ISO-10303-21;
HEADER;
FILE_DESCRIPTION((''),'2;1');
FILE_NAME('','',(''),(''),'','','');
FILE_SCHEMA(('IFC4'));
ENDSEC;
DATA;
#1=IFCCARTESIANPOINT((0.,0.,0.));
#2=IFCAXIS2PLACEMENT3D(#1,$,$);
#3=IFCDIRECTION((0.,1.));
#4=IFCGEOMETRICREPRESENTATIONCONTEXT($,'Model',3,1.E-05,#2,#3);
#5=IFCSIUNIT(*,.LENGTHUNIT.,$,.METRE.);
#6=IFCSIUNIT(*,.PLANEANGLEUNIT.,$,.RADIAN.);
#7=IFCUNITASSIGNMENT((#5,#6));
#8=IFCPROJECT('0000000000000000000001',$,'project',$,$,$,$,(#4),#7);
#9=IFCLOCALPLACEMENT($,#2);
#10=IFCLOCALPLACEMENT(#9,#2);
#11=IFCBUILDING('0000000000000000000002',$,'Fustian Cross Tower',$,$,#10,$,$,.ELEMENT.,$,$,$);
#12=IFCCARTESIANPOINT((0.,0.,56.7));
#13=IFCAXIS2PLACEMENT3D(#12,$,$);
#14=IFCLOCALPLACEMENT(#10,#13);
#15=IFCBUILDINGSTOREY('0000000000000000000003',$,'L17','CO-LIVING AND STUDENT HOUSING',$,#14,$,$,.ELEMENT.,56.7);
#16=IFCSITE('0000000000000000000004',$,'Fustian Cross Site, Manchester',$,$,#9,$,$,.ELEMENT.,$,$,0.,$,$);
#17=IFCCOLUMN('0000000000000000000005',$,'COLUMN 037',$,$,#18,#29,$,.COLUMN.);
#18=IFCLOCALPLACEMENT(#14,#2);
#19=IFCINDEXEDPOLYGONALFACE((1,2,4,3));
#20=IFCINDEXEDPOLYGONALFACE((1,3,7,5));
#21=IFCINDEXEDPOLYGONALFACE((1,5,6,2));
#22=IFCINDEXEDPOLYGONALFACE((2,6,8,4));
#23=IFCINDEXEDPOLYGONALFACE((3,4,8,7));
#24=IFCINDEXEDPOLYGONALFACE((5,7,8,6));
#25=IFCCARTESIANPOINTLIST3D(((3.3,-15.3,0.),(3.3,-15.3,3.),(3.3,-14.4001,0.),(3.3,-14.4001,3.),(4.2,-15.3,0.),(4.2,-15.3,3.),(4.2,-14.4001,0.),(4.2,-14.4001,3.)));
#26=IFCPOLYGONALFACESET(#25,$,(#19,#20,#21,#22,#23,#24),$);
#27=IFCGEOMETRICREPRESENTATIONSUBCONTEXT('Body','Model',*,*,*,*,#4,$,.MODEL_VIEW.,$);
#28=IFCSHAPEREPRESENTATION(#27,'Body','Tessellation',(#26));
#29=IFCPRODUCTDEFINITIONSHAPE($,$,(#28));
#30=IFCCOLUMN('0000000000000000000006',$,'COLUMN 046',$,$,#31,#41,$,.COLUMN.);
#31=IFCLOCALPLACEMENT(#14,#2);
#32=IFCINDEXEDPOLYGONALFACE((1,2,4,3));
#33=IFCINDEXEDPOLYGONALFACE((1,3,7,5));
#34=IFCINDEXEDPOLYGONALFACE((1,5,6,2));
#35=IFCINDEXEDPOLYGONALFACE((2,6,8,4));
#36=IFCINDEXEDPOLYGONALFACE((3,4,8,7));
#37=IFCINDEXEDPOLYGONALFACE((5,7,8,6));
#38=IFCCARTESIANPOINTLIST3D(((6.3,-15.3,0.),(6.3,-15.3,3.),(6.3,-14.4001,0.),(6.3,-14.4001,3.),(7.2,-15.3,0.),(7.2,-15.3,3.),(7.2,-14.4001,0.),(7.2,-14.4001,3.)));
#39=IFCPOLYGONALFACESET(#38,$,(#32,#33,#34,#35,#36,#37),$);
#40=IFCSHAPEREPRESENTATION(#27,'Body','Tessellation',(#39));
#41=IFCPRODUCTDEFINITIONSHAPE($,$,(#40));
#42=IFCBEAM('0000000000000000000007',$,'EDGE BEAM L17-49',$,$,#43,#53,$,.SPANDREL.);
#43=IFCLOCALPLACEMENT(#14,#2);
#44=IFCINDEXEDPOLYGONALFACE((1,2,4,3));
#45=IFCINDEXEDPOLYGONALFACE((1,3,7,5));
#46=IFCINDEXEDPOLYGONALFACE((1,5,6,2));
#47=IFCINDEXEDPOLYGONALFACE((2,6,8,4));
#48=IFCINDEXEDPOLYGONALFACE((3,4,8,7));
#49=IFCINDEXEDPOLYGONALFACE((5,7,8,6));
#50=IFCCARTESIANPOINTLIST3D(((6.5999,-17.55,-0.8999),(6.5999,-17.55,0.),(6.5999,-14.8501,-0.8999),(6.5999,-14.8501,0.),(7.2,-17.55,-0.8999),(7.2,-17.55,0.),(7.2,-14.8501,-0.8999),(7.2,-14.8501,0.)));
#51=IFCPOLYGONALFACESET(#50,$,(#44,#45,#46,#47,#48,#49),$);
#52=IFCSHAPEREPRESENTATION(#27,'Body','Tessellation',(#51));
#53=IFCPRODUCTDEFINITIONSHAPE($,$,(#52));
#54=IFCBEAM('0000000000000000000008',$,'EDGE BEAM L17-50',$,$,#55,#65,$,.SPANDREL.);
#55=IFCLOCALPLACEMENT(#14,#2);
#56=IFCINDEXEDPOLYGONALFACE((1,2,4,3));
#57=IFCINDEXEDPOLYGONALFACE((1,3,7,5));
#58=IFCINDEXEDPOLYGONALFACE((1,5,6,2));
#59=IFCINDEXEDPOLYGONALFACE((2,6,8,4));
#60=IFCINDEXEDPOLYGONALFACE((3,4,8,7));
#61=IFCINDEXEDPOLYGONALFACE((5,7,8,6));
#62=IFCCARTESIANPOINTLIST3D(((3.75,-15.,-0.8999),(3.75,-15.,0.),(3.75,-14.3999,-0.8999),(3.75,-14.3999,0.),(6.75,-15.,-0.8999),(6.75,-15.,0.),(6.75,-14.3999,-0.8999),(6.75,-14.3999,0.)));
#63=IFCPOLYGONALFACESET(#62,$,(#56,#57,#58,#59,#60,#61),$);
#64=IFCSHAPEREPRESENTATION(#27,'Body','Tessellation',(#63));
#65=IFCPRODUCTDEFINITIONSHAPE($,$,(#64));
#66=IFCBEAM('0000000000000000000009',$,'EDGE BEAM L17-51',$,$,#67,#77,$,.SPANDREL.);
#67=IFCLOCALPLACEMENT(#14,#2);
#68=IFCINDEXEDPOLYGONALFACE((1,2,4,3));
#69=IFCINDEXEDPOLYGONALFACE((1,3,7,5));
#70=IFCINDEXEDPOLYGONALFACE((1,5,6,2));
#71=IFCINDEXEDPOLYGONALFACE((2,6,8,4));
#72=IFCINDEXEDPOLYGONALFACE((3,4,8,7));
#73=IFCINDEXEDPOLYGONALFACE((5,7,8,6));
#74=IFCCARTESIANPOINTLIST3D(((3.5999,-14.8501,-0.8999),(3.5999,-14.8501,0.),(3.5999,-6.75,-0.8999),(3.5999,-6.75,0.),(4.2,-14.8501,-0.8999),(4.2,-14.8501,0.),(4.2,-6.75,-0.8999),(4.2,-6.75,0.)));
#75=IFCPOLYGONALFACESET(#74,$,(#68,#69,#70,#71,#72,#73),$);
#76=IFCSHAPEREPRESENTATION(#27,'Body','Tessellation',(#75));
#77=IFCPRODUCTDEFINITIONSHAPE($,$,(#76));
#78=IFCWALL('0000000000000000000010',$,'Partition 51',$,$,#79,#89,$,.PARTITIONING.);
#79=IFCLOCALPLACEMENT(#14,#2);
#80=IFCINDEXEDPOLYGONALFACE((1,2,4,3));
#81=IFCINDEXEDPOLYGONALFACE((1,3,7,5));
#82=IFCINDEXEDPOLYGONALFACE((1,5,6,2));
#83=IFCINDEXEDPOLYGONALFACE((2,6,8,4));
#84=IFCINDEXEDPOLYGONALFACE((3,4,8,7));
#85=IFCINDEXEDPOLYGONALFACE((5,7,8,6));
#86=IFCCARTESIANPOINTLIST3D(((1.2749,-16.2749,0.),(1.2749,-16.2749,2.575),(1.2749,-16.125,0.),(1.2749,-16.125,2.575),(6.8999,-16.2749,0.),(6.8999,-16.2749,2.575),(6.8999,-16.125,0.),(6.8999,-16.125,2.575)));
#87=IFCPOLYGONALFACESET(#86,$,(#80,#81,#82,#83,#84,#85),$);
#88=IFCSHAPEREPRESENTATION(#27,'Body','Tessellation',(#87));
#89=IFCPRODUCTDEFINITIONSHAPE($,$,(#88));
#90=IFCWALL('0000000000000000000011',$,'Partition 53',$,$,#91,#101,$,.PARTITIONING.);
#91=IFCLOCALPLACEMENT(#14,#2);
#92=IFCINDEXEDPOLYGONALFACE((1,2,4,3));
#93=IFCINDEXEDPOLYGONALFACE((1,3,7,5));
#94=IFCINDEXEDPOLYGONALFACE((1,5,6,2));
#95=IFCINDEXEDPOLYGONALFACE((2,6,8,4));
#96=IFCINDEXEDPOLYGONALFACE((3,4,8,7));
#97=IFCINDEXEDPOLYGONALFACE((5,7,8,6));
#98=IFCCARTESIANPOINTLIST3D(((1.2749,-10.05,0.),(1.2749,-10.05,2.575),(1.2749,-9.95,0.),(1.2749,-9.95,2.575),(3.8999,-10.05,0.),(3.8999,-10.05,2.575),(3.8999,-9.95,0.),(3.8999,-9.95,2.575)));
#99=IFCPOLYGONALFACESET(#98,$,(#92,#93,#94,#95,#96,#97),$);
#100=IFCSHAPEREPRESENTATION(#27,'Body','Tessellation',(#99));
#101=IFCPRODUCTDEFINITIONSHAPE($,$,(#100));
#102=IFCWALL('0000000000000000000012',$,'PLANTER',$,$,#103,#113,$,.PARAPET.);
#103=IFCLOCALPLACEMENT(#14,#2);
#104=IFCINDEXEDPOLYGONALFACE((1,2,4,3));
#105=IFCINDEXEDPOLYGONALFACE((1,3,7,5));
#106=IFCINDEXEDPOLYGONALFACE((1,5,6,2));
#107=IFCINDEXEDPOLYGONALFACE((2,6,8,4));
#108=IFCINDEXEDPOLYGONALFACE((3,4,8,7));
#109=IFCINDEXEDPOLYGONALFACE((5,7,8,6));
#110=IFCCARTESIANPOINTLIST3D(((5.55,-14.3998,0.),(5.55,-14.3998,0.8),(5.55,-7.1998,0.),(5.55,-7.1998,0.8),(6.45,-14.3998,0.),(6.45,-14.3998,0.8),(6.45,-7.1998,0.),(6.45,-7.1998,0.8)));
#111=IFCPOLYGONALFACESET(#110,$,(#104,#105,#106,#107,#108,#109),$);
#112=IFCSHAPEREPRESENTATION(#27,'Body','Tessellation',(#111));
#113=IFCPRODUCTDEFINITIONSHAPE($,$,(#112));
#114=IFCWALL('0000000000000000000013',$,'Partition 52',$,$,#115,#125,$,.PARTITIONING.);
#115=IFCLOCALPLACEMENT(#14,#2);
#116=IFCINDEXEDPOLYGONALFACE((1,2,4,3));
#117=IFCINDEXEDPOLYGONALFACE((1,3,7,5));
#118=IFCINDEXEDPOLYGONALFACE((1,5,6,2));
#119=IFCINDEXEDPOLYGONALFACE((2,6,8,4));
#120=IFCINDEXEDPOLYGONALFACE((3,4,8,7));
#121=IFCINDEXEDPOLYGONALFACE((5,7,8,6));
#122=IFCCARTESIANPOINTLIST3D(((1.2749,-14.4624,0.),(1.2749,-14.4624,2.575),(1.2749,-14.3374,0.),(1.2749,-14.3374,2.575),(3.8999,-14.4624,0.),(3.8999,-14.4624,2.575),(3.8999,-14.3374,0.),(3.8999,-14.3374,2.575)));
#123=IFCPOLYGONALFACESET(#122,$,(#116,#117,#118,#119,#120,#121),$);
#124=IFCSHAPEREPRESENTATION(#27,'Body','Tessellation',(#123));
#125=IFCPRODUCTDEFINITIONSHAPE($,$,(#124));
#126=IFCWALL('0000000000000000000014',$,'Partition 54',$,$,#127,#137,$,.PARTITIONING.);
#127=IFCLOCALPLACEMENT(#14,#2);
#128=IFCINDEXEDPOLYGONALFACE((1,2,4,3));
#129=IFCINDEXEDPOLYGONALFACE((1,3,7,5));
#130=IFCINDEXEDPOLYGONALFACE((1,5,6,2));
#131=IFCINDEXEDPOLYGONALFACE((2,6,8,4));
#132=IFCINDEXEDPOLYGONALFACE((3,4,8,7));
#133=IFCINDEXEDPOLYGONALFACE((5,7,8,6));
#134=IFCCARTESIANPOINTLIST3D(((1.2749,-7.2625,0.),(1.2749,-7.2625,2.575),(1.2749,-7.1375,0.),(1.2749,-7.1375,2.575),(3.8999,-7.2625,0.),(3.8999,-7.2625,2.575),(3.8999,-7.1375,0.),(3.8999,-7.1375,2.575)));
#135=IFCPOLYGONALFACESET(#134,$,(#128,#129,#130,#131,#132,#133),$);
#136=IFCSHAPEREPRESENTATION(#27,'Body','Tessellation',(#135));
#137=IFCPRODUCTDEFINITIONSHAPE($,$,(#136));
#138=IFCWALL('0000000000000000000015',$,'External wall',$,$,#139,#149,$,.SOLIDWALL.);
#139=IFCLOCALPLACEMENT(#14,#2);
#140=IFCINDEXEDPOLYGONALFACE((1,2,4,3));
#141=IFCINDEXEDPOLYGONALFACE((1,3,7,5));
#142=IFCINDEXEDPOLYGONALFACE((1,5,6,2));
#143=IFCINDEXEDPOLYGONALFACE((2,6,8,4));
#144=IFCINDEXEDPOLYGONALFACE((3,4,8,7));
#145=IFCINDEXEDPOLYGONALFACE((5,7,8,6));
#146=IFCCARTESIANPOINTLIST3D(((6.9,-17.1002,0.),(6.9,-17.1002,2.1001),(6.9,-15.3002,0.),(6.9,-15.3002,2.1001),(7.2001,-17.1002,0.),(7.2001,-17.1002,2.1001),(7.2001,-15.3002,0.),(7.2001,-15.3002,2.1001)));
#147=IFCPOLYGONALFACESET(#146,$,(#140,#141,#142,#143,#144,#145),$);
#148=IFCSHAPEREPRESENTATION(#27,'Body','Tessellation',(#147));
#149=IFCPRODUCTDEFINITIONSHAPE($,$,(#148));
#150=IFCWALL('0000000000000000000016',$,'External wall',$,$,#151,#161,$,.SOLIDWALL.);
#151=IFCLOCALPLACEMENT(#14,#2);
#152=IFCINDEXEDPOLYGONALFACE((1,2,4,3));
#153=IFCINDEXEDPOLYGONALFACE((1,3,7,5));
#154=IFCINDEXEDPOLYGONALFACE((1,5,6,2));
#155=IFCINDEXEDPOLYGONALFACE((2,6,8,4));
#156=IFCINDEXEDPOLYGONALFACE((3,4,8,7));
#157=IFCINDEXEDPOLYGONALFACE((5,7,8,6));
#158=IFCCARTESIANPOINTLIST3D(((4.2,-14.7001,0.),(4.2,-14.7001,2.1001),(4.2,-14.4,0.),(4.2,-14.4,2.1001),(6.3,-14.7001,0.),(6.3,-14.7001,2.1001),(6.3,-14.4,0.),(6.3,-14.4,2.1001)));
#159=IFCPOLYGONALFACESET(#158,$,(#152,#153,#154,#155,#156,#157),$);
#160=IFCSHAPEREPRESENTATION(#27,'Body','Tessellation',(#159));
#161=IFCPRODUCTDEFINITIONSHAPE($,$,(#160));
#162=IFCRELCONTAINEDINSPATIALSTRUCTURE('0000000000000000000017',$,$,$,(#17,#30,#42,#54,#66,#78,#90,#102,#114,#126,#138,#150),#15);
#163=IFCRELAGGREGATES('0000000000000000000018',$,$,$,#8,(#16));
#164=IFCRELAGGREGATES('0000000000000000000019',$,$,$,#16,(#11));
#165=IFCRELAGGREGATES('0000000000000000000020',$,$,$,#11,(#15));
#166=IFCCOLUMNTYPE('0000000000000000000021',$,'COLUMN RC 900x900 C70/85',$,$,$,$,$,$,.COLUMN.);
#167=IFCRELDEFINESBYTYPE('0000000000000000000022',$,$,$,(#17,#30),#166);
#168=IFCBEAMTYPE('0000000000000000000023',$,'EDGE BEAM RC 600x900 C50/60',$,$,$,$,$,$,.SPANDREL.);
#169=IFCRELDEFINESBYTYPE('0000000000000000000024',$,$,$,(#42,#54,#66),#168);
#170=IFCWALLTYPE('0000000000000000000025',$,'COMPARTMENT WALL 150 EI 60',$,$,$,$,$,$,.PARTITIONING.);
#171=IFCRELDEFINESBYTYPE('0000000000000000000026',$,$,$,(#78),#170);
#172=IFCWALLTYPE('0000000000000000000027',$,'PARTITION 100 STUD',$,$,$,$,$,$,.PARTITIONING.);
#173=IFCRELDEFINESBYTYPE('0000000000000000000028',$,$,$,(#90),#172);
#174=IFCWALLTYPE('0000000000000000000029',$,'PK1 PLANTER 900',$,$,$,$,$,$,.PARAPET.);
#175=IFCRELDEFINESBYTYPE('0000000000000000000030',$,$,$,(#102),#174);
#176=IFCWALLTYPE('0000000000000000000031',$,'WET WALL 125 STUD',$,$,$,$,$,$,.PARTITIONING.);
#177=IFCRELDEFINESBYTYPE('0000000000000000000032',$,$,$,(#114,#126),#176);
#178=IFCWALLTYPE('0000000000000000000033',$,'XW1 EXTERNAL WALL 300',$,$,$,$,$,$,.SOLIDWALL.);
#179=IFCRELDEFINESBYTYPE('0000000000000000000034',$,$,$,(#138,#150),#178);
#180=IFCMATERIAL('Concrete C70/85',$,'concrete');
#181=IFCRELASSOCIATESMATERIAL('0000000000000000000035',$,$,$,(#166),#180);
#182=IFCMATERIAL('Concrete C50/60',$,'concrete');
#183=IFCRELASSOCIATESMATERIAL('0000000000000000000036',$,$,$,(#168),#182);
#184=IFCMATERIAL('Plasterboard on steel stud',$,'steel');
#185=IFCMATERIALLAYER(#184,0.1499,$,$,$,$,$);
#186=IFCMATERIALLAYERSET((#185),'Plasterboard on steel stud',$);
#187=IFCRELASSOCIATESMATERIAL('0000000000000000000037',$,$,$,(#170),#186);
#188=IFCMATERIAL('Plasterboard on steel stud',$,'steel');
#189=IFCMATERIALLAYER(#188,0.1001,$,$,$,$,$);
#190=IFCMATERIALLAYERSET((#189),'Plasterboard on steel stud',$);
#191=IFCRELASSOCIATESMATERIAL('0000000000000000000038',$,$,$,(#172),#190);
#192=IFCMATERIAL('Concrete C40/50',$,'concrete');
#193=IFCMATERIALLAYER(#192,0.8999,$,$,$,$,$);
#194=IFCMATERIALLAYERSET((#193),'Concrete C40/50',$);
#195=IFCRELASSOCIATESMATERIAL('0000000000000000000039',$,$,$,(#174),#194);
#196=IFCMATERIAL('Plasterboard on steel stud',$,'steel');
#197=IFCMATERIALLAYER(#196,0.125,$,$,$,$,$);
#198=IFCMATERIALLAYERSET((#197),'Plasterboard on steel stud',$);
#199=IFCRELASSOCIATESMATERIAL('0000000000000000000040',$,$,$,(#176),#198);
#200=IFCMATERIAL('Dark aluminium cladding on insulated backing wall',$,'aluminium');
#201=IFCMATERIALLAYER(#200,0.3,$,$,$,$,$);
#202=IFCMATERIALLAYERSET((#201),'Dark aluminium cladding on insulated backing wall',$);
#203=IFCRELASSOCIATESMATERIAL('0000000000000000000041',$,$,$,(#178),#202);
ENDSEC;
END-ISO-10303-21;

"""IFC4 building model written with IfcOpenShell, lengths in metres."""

from ifc_helpers import new_model, si_unit, direction, frame, frame_2d, origin, origin_2d, place, context, subcontext, project, spatial, rectangle, extrude, material, layer, layer_set, material_profile, profile_set, type_object, element, save


model = new_model("IFC4")

# Units and contexts
model_context = context("Model", 3, precision=1e-05, world=origin(), true_north=direction((0.0, 1.0)))
body_context = subcontext(model_context, "Body", "Model", "MODEL_VIEW")
ifc_project = project(units=[si_unit("LENGTHUNIT", "METRE"), si_unit("PLANEANGLEUNIT", "RADIAN")], contexts=[model_context])

# Site, building, storey
site_placement = place(None, origin())
site = spatial("IfcSite", under=ifc_project, at=site_placement, Name="Fustian Cross Site, Manchester", CompositionType="ELEMENT", RefElevation=0.0)
building_placement = place(site_placement, origin())
building = spatial("IfcBuilding", under=site, at=building_placement, Name="Fustian Cross Tower", CompositionType="ELEMENT")
storey_placement = place(building_placement, frame((0.0, 0.0, 56.7)))
storey = spatial("IfcBuildingStorey", under=building, at=storey_placement, Name="L17", Description="CO-LIVING AND STUDENT HOUSING", CompositionType="ELEMENT", Elevation=56.7)

# Columns
ifc_material_1 = material(Name="Concrete C70/85", Category="concrete")
ifc_material_profile_1 = material_profile(ifc_material_1, rectangle(XDim=0.8999, YDim=0.8999, at=origin_2d()), Name="RC 900x900")
ifc_profile_set_1 = profile_set([ifc_material_profile_1], Name="Concrete C70/85")
column_type = type_object("IfcColumnType", Name="COLUMN RC 900x900 C70/85", PredefinedType="COLUMN", material=ifc_profile_set_1)
for number, where, z_axis, x_axis, name in (
    (1, (3.75, -14.8501, 0.0), (0.0, 0.0, 1.0), (1.0, 0.0, 0.0), "COLUMN 037"),
    (2, (6.75, -14.8501, 0.0), (0.0, 0.0, 1.0), (1.0, 0.0, 0.0), "COLUMN 046"),
):
    element("IfcColumn", number, at=place(storey_placement, frame(where, z_axis=z_axis, x_axis=x_axis)), inside=storey, type_object=column_type, Name=name, PredefinedType="COLUMN", context=body_context, shape_type="SweptSolid", body=[
        extrude(rectangle(XDim=0.8999, YDim=0.8999, at=origin_2d()), origin(), (0.0, 0.0, 1.0), 3.0),
    ])

# Beams
ifc_material_2 = material(Name="Concrete C50/60", Category="concrete")
ifc_material_profile_2 = material_profile(ifc_material_2, rectangle(XDim=0.6001, YDim=0.8999, at=origin_2d()), Name="RC 600x900")
ifc_profile_set_2 = profile_set([ifc_material_profile_2], Name="Concrete C50/60")
beam_type = type_object("IfcBeamType", Name="EDGE BEAM RC 600x900 C50/60", PredefinedType="SPANDREL", material=ifc_profile_set_2)
beam_1_placement = place(storey_placement, frame((6.8999, -17.55, -0.45), z_axis=(0.0, 1.0, 0.0), x_axis=(-1.0, 0.0, 0.0)))
element("IfcBeam", 3, at=beam_1_placement, inside=storey, type_object=beam_type, Name="EDGE BEAM L17-49", PredefinedType="SPANDREL", context=body_context, shape_type="SweptSolid", body=[
    extrude(rectangle(XDim=0.6001, YDim=0.8999, at=origin_2d()), origin(), (0.0, 0.0, 1.0), 2.7),
])
beam_2_placement = place(storey_placement, frame((6.75, -14.7, -0.45), z_axis=(-1.0, 0.0, 0.0), x_axis=(0.0, -1.0, 0.0)))
element("IfcBeam", 4, at=beam_2_placement, inside=storey, type_object=beam_type, Name="EDGE BEAM L17-50", PredefinedType="SPANDREL", context=body_context, shape_type="SweptSolid", body=[
    extrude(rectangle(XDim=0.6001, YDim=0.8999, at=origin_2d()), origin(), (0.0, 0.0, 1.0), 3.0),
])
beam_3_placement = place(storey_placement, frame((3.8999, -14.8501, -0.45), z_axis=(0.0, 1.0, 0.0), x_axis=(-1.0, 0.0, 0.0)))
element("IfcBeam", 5, at=beam_3_placement, inside=storey, type_object=beam_type, Name="EDGE BEAM L17-51", PredefinedType="SPANDREL", context=body_context, shape_type="SweptSolid", body=[
    extrude(rectangle(XDim=0.6001, YDim=0.8999, at=origin_2d()), origin(), (0.0, 0.0, 1.0), 8.1001),
])

# Walls
ifc_material_3 = material(Name="Plasterboard on steel stud", Category="steel")
ifc_layer_1 = layer(ifc_material_3, 0.1499)
ifc_layer_set_1 = layer_set([ifc_layer_1], Name="Plasterboard on steel stud")
wall_type_1 = type_object("IfcWallType", Name="COMPARTMENT WALL 150 EI 60", PredefinedType="PARTITIONING", material=ifc_layer_set_1)
wall_1_placement = place(storey_placement, frame((1.2749, -16.2, 0.0), z_axis=(0.0, 0.0, 1.0), x_axis=(1.0, 0.0, 0.0)))
element("IfcWall", 6, at=wall_1_placement, inside=storey, type_object=wall_type_1, Name="Partition 51", PredefinedType="PARTITIONING", context=body_context, shape_type="SweptSolid", body=[
    extrude(rectangle(XDim=5.625, YDim=0.1499, at=frame_2d((2.8125, 0.0))), origin(), (0.0, 0.0, 1.0), 2.575),
])
ifc_material_4 = material(Name="Plasterboard on steel stud", Category="steel")
ifc_layer_2 = layer(ifc_material_4, 0.1001)
ifc_layer_set_2 = layer_set([ifc_layer_2], Name="Plasterboard on steel stud")
wall_type_2 = type_object("IfcWallType", Name="PARTITION 100 STUD", PredefinedType="PARTITIONING", material=ifc_layer_set_2)
wall_2_placement = place(storey_placement, frame((1.2749, -10.0, 0.0), z_axis=(0.0, 0.0, 1.0), x_axis=(1.0, 0.0, 0.0)))
element("IfcWall", 7, at=wall_2_placement, inside=storey, type_object=wall_type_2, Name="Partition 53", PredefinedType="PARTITIONING", context=body_context, shape_type="SweptSolid", body=[
    extrude(rectangle(XDim=2.625, YDim=0.1001, at=frame_2d((1.3125, 0.0))), origin(), (0.0, 0.0, 1.0), 2.575),
])
ifc_material_5 = material(Name="Concrete C40/50", Category="concrete")
ifc_layer_3 = layer(ifc_material_5, 0.8999)
ifc_layer_set_3 = layer_set([ifc_layer_3], Name="Concrete C40/50")
wall_type_3 = type_object("IfcWallType", Name="PK1 PLANTER 900", PredefinedType="PARAPET", material=ifc_layer_set_3)
wall_3_placement = place(storey_placement, frame((6.0, -14.3999, 0.0), z_axis=(0.0, 0.0, 1.0), x_axis=(0.0, 1.0, 0.0)))
element("IfcWall", 8, at=wall_3_placement, inside=storey, type_object=wall_type_3, Name="PLANTER", PredefinedType="PARAPET", context=body_context, shape_type="SweptSolid", body=[
    extrude(rectangle(XDim=7.2, YDim=0.8999, at=frame_2d((3.6001, 0.0))), origin(), (0.0, 0.0, 1.0), 0.8),
])
ifc_material_6 = material(Name="Plasterboard on steel stud", Category="steel")
ifc_layer_4 = layer(ifc_material_6, 0.125)
ifc_layer_set_4 = layer_set([ifc_layer_4], Name="Plasterboard on steel stud")
wall_type_4 = type_object("IfcWallType", Name="WET WALL 125 STUD", PredefinedType="PARTITIONING", material=ifc_layer_set_4)
for number, where, z_axis, x_axis, name in (
    (9, (1.2749, -14.3999, 0.0), (0.0, 0.0, 1.0), (1.0, 0.0, 0.0), "Partition 52"),
    (10, (1.2749, -7.2, 0.0), (0.0, 0.0, 1.0), (1.0, 0.0, 0.0), "Partition 54"),
):
    element("IfcWall", number, at=place(storey_placement, frame(where, z_axis=z_axis, x_axis=x_axis)), inside=storey, type_object=wall_type_4, Name=name, PredefinedType="PARTITIONING", context=body_context, shape_type="SweptSolid", body=[
        extrude(rectangle(XDim=2.625, YDim=0.125, at=frame_2d((1.3125, 0.0))), origin(), (0.0, 0.0, 1.0), 2.575),
    ])
ifc_material_7 = material(Name="Dark aluminium cladding on insulated backing wall", Category="aluminium")
ifc_layer_5 = layer(ifc_material_7, 0.3)
ifc_layer_set_5 = layer_set([ifc_layer_5], Name="Dark aluminium cladding on insulated backing wall")
wall_type_5 = type_object("IfcWallType", Name="XW1 EXTERNAL WALL 300", PredefinedType="SOLIDWALL", material=ifc_layer_set_5)
wall_4_placement = place(storey_placement, frame((7.05, -17.1001, 0.0), z_axis=(0.0, 0.0, 1.0), x_axis=(0.0, 1.0, 0.0)))
element("IfcWall", 11, at=wall_4_placement, inside=storey, type_object=wall_type_5, Name="External wall", PredefinedType="SOLIDWALL", context=body_context, shape_type="SweptSolid", body=[
    extrude(rectangle(XDim=1.8, YDim=0.3, at=frame_2d((0.8999, 0.0))), origin(), (0.0, 0.0, 1.0), 2.1001),
])
wall_5_placement = place(storey_placement, frame((6.3, -14.55, 0.0), z_axis=(0.0, 0.0, 1.0), x_axis=(-1.0, 0.0, 0.0)))
element("IfcWall", 12, at=wall_5_placement, inside=storey, type_object=wall_type_5, Name="External wall", PredefinedType="SOLIDWALL", context=body_context, shape_type="SweptSolid", body=[
    extrude(rectangle(XDim=2.1001, YDim=0.3, at=frame_2d((1.05, 0.0))), origin(), (0.0, 0.0, 1.0), 2.1001),
])

save(model, "model.ifc")
